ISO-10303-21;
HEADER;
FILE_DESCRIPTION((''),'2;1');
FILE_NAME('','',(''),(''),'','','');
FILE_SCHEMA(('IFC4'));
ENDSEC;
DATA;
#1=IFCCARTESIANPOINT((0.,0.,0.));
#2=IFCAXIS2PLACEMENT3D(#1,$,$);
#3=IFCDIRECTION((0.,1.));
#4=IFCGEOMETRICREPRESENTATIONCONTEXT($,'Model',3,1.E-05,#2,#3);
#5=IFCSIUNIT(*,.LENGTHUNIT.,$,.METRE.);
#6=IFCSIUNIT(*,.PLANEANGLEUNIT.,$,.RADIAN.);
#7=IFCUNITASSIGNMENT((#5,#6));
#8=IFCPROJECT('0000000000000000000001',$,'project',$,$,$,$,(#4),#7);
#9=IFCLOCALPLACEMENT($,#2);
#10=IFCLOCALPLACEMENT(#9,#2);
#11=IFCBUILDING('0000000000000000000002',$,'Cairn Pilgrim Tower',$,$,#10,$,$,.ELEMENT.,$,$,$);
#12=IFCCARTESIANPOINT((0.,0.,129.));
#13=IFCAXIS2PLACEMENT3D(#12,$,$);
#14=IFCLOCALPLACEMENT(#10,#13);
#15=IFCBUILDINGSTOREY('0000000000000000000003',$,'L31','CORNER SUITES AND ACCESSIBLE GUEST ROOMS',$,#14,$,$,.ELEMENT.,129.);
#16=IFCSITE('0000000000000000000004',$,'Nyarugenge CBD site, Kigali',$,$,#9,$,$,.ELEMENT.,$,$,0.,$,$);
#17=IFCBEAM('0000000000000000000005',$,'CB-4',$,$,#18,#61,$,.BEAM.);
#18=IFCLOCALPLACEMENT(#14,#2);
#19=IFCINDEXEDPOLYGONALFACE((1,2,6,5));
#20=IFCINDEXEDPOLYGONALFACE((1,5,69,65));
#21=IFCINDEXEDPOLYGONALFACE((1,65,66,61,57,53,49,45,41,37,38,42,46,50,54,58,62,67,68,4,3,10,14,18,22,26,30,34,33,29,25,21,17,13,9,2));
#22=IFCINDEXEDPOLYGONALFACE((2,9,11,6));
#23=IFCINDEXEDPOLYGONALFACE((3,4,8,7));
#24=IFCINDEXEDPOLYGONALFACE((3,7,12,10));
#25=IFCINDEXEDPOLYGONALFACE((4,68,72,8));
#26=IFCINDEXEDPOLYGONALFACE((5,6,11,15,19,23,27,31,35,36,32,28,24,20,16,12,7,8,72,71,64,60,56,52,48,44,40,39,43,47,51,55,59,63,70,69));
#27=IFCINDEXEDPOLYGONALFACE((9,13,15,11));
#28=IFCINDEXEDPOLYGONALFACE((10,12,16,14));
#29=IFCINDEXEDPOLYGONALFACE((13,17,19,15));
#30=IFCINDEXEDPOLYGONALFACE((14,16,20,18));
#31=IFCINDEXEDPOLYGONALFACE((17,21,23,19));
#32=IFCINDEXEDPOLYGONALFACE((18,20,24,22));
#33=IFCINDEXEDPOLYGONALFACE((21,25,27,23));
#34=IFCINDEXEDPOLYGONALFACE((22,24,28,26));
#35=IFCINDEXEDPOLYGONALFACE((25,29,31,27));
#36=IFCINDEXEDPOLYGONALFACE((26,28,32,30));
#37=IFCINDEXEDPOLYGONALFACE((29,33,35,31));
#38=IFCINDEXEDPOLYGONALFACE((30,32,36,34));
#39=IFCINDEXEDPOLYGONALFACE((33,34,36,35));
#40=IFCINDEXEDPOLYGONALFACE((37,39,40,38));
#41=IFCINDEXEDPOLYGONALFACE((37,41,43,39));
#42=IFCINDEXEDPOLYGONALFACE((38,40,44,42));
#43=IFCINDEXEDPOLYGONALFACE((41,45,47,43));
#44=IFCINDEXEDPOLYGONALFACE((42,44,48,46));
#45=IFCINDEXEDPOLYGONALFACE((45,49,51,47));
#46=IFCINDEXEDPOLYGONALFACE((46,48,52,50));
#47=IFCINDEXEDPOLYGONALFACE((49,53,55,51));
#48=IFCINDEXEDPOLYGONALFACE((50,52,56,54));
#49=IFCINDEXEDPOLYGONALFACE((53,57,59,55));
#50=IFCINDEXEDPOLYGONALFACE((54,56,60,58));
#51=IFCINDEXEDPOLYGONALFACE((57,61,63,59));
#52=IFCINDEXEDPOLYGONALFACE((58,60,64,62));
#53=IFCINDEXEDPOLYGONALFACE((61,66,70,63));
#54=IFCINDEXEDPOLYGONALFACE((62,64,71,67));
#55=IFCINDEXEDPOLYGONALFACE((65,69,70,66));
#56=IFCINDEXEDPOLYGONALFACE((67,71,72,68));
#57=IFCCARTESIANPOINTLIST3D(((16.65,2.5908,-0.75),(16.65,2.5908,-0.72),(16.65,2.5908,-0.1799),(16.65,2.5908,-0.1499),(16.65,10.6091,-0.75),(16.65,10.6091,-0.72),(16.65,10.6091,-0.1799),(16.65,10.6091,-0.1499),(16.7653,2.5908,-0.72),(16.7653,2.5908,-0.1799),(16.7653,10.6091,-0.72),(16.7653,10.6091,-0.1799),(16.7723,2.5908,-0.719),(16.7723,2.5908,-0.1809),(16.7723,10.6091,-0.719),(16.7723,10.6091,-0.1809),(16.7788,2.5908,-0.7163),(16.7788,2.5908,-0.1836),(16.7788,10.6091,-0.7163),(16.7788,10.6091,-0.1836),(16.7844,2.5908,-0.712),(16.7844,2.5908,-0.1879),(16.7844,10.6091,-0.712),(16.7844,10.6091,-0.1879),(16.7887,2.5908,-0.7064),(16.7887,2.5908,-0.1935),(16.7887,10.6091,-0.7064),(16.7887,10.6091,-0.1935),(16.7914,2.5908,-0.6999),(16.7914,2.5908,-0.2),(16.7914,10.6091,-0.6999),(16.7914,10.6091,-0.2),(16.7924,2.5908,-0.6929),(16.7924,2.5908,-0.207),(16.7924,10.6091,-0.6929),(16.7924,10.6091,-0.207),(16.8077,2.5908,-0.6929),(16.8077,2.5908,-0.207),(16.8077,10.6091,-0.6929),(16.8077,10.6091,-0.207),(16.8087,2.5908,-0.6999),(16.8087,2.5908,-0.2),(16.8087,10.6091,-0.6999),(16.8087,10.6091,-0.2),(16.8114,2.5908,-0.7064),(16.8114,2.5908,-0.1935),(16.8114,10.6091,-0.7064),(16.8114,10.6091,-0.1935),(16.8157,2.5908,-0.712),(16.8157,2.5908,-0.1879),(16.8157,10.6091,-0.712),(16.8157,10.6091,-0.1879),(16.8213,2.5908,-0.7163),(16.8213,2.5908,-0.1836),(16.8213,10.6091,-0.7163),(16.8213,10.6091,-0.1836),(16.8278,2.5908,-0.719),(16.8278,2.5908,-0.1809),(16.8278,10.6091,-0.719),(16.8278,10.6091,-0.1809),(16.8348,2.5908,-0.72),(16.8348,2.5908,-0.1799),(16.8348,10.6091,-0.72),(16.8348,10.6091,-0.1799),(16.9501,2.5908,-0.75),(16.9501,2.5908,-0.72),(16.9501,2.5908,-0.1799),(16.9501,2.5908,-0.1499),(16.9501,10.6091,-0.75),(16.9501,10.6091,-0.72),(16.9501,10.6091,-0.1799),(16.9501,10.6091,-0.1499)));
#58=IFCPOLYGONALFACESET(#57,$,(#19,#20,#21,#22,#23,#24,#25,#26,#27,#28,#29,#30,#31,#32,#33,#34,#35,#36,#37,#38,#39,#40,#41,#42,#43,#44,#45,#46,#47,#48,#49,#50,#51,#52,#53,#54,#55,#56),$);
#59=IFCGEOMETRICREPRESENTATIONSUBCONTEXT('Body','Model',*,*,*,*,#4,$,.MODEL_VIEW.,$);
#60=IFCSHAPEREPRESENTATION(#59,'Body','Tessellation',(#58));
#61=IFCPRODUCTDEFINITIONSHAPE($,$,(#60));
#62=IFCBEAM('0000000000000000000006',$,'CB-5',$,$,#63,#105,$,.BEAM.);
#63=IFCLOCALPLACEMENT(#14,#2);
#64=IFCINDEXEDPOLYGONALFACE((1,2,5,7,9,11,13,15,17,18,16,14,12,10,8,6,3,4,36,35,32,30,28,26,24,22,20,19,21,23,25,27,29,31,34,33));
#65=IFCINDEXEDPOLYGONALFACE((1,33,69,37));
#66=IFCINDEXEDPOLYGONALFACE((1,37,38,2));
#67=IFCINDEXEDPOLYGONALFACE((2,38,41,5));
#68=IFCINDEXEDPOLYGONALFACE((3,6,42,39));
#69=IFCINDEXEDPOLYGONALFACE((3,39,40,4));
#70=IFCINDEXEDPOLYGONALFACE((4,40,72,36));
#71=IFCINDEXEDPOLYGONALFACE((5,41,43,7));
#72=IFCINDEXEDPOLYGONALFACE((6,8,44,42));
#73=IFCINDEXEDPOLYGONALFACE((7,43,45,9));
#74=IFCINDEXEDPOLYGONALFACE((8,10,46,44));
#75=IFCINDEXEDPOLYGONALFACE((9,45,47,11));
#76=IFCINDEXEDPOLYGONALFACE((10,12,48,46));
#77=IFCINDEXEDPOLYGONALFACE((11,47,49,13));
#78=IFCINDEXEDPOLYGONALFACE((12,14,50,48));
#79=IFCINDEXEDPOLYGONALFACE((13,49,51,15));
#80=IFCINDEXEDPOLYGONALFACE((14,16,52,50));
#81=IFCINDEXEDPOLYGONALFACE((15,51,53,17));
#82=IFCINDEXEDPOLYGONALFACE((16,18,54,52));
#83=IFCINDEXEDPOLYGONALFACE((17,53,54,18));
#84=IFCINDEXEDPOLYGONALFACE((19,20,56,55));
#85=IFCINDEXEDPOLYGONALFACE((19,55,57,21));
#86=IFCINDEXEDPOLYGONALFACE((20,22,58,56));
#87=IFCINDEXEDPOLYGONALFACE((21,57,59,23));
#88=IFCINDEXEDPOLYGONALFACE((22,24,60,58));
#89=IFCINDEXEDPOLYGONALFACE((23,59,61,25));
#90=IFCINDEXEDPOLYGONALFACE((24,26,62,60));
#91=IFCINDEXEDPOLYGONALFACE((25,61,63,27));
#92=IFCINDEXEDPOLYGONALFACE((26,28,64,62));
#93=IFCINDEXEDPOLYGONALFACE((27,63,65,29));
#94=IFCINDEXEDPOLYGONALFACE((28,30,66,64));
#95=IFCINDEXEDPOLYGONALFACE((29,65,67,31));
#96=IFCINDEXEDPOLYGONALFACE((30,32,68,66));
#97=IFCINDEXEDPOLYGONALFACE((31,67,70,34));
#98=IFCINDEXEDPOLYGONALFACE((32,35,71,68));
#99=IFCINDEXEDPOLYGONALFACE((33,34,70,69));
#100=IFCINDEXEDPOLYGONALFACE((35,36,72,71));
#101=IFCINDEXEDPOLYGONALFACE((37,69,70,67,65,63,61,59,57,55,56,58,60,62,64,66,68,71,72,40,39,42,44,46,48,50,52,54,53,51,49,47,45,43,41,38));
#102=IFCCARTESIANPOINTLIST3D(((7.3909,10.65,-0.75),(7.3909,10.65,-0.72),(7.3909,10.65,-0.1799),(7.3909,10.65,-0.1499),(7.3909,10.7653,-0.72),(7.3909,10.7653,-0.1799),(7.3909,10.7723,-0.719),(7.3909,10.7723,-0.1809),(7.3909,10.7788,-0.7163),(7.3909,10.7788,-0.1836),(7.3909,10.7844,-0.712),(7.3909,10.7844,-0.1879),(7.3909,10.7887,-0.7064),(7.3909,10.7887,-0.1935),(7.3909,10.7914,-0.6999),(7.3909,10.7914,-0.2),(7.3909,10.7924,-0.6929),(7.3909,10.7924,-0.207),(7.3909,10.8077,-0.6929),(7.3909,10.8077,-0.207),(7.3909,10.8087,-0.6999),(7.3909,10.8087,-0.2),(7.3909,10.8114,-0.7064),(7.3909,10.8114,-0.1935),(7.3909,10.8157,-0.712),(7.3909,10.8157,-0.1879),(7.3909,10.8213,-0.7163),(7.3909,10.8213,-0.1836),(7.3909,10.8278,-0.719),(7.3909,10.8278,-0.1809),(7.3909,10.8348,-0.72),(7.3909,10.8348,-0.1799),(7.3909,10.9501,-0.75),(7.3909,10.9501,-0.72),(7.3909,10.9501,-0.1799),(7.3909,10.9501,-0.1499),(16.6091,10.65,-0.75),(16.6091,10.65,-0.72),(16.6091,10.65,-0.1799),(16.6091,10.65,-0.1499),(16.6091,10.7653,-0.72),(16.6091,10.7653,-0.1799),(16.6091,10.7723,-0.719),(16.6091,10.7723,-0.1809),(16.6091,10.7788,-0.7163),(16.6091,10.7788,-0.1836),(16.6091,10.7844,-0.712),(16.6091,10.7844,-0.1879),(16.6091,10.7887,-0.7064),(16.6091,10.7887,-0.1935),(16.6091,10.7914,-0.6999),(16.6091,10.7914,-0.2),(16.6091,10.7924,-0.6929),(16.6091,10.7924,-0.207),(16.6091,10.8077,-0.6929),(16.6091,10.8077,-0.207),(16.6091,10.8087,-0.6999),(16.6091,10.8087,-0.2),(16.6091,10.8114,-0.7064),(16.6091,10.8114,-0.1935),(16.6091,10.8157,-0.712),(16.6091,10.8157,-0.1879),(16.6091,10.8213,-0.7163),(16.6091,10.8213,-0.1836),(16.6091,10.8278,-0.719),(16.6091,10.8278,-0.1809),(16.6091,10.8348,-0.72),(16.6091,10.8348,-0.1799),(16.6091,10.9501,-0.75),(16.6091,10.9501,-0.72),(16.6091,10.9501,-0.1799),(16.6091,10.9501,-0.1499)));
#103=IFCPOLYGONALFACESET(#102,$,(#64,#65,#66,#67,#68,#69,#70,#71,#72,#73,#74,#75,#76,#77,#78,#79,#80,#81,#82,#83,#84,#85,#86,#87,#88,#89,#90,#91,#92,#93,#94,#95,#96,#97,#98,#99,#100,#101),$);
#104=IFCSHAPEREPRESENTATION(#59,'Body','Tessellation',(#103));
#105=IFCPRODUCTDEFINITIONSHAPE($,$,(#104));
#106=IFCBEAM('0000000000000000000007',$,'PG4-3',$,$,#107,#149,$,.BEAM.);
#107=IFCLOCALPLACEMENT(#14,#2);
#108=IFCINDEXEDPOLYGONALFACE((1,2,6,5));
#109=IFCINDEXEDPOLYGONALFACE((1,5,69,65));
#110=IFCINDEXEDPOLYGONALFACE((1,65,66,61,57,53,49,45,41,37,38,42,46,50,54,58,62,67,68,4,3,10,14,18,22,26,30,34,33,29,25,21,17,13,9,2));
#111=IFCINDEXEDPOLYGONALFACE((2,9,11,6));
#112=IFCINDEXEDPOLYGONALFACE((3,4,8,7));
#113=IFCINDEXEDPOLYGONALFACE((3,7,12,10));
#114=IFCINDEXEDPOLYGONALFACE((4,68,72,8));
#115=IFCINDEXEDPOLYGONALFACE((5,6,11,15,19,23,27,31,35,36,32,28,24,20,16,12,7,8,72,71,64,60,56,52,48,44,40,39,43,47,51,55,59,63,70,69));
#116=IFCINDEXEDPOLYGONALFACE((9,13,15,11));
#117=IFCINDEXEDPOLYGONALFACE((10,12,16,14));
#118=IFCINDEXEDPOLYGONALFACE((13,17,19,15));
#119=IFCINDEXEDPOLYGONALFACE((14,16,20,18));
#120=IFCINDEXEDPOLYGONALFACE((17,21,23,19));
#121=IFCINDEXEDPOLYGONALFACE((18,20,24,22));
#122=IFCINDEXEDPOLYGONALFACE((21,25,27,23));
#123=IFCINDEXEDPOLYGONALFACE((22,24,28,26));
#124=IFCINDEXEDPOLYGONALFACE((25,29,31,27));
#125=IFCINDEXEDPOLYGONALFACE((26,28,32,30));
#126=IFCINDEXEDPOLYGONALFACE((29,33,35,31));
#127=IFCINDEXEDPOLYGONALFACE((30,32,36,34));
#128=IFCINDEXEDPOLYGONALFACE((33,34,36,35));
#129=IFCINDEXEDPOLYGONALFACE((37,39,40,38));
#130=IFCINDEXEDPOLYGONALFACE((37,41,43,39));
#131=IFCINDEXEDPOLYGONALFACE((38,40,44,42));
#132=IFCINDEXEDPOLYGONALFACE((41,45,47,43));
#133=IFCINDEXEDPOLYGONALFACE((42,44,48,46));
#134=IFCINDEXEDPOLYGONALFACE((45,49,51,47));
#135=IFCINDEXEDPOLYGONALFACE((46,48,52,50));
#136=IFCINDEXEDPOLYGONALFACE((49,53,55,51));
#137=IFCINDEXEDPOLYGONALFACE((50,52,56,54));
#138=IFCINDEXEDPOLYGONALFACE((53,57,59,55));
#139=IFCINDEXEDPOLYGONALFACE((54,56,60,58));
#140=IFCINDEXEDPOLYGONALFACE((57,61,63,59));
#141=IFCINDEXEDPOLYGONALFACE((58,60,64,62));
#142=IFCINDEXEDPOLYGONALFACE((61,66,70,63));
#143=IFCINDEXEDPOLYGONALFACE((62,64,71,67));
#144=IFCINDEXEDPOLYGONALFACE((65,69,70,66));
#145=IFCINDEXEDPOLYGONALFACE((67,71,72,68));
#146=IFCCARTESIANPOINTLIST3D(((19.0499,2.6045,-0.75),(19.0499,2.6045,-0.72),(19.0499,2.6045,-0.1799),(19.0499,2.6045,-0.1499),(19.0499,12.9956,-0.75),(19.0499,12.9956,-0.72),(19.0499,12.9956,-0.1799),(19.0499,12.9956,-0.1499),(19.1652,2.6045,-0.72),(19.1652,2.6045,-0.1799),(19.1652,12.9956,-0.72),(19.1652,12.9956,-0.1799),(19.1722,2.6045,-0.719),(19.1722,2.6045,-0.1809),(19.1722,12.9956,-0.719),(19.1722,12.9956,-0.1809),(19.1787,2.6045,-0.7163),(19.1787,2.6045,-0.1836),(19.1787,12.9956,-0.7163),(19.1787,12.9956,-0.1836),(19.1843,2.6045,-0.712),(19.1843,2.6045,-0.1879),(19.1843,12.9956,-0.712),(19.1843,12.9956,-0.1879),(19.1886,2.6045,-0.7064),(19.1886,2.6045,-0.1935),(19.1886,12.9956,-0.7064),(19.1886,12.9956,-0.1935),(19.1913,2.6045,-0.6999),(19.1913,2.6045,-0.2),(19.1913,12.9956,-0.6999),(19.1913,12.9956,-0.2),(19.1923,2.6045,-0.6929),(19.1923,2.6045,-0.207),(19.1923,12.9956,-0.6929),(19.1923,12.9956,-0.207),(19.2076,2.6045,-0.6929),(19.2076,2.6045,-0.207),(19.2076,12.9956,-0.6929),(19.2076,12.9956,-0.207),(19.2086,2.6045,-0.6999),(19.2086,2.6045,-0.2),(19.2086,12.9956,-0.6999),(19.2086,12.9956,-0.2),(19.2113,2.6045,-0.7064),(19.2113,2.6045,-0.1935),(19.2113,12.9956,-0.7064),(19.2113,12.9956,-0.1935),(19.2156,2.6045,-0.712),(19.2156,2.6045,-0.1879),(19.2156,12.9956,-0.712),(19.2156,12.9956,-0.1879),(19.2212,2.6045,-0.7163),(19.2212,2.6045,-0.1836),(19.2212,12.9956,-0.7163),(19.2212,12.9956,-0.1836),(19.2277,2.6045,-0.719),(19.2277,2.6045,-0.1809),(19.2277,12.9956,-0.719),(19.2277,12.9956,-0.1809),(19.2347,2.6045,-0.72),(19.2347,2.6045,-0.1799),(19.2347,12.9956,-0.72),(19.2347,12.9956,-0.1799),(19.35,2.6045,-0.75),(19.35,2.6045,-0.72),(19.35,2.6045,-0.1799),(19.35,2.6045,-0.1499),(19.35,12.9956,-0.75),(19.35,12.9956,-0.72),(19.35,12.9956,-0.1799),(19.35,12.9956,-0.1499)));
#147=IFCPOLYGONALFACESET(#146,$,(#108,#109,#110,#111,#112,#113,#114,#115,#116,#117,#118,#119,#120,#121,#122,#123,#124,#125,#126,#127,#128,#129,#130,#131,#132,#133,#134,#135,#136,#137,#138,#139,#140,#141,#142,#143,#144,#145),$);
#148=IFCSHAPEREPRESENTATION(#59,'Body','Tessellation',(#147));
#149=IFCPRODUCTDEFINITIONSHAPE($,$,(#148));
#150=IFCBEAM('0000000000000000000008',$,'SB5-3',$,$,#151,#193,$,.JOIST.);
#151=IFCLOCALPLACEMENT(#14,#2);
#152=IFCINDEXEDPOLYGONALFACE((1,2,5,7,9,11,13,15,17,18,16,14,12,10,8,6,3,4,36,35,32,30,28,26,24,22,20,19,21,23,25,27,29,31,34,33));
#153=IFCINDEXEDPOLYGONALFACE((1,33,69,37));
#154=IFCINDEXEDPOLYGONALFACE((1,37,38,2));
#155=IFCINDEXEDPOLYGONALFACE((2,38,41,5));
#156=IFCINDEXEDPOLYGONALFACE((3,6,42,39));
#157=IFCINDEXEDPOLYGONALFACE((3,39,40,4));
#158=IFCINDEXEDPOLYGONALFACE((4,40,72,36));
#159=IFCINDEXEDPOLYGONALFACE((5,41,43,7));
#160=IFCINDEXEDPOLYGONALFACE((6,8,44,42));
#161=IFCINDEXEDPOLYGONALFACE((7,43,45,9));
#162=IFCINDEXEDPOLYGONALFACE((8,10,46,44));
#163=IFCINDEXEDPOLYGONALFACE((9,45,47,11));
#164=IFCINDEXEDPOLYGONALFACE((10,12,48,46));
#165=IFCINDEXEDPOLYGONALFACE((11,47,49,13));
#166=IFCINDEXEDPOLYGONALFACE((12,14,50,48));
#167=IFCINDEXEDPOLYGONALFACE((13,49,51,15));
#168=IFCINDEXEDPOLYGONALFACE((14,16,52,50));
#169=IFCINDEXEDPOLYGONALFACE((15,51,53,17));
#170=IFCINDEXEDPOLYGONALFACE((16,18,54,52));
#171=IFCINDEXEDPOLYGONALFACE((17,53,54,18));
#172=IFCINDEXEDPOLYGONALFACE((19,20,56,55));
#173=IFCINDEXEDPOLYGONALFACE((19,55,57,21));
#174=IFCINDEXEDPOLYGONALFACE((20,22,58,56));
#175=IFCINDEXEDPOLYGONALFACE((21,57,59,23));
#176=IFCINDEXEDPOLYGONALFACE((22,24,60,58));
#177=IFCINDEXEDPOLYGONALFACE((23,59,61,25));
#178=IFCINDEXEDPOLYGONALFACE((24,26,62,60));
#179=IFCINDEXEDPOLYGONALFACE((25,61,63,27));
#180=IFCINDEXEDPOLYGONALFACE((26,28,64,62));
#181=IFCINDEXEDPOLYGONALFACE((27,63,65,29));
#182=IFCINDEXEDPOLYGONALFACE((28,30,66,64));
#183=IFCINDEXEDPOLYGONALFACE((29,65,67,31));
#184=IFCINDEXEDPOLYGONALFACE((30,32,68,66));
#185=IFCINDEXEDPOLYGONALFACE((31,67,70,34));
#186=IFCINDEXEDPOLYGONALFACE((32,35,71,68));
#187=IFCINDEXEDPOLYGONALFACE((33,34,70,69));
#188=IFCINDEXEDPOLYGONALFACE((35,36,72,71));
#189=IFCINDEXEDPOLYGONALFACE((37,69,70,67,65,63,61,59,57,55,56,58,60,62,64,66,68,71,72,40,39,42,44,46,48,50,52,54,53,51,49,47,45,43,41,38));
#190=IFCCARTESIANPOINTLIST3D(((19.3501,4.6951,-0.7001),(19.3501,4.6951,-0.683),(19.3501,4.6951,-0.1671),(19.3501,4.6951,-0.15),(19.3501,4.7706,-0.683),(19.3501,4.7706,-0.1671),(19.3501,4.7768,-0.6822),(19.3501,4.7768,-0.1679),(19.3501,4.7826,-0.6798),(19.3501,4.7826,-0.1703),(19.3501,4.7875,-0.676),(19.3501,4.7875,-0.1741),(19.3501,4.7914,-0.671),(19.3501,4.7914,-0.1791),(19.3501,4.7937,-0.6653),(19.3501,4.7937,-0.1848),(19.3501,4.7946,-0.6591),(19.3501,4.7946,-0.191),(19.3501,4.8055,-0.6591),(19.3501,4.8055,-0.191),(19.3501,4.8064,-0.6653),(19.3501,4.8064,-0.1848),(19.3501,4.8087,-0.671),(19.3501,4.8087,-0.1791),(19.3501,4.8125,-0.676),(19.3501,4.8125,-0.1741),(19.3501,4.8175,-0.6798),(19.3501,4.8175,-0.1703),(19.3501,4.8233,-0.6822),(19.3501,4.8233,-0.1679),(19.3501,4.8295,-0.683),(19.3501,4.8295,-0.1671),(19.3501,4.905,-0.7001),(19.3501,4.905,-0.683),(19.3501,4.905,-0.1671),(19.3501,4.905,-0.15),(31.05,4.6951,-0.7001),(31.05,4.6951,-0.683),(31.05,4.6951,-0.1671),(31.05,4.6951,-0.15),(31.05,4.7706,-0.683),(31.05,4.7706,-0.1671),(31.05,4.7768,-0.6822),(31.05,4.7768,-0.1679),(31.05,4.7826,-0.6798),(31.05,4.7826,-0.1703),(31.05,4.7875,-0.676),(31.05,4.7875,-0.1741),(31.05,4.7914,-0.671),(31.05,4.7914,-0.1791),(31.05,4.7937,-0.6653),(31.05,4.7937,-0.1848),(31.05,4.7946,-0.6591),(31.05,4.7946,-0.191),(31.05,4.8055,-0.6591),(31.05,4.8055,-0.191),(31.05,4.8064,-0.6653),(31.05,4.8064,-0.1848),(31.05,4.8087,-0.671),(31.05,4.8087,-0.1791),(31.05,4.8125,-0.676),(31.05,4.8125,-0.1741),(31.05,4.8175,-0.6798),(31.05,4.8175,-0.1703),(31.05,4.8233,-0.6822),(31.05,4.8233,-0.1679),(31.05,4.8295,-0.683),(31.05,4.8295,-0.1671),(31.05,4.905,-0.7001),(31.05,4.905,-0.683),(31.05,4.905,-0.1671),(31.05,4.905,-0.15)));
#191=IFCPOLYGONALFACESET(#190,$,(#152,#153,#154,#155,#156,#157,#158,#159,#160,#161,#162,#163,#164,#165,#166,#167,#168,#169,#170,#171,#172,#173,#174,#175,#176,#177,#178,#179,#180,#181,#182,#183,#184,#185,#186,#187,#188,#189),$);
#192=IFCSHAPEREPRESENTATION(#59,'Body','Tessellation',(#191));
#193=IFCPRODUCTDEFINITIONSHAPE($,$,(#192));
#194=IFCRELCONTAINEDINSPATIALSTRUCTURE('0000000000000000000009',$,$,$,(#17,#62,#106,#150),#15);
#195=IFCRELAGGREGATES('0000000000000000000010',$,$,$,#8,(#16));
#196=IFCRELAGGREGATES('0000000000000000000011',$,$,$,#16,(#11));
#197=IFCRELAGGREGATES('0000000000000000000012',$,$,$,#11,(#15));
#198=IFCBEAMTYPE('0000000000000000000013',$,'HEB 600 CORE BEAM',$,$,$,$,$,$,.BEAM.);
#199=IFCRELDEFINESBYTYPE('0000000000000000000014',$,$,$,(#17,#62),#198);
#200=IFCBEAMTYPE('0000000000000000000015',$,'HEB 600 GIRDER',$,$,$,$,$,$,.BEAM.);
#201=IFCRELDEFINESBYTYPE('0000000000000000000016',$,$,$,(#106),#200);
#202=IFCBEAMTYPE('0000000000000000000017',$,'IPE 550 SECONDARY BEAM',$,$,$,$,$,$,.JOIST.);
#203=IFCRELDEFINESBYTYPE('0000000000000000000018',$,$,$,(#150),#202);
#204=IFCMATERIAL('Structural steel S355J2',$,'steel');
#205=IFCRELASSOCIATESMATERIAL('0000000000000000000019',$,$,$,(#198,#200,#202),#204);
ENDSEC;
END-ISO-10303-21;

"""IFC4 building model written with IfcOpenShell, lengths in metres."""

from ifc_helpers import new_model, si_unit, direction, frame, origin, origin_2d, place, context, subcontext, project, spatial, i_section, extrude, material, material_profile, profile_set, type_object, element, save


model = new_model("IFC4")

# Units and contexts
model_context = context("Model", 3, precision=1e-05, world=origin(), true_north=direction((0.0, 1.0)))
body_context = subcontext(model_context, "Body", "Model", "MODEL_VIEW")
ifc_project = project(units=[si_unit("LENGTHUNIT", "METRE"), si_unit("PLANEANGLEUNIT", "RADIAN")], contexts=[model_context])

# Site, building, storey
site_placement = place(None, origin())
site = spatial("IfcSite", under=ifc_project, at=site_placement, Name="Nyarugenge CBD site, Kigali", CompositionType="ELEMENT", RefElevation=0.0)
building_placement = place(site_placement, origin())
building = spatial("IfcBuilding", under=site, at=building_placement, Name="Cairn Pilgrim Tower", CompositionType="ELEMENT")
storey_placement = place(building_placement, frame((0.0, 0.0, 129.0)))
storey = spatial("IfcBuildingStorey", under=building, at=storey_placement, Name="L31", Description="CORNER SUITES AND ACCESSIBLE GUEST ROOMS", CompositionType="ELEMENT", Elevation=129.0)

# Beams
ifc_material_1 = material(Name="Structural steel S355J2", Category="steel")
ifc_material_profile_1 = material_profile(ifc_material_1, i_section(OverallWidth=0.3, OverallDepth=0.6001, WebThickness=0.0154, FlangeThickness=0.03, FilletRadius=0.0271, at=origin_2d()), Name="HEB 600")
ifc_profile_set_1 = profile_set([ifc_material_profile_1], Name="Structural steel S355J2")
beam_type_1 = type_object("IfcBeamType", Name="HEB 600 CORE BEAM", PredefinedType="BEAM", material=ifc_profile_set_1)
beam_1_placement = place(storey_placement, frame((16.8, 2.5908, -0.45), z_axis=(0.0, 1.0, 0.0), x_axis=(-1.0, 0.0, 0.0)))
element("IfcBeam", 1, at=beam_1_placement, inside=storey, type_object=beam_type_1, Name="CB-4", PredefinedType="BEAM", context=body_context, shape_type="SweptSolid", body=[
    extrude(i_section(OverallWidth=0.3, OverallDepth=0.6001, WebThickness=0.0154, FlangeThickness=0.03, FilletRadius=0.0271, at=origin_2d()), origin(), (0.0, 0.0, 1.0), 8.0183),
])
beam_2_placement = place(storey_placement, frame((16.6091, 10.8, -0.45), z_axis=(-1.0, 0.0, 0.0), x_axis=(0.0, -1.0, 0.0)))
element("IfcBeam", 2, at=beam_2_placement, inside=storey, type_object=beam_type_1, Name="CB-5", PredefinedType="BEAM", context=body_context, shape_type="SweptSolid", body=[
    extrude(i_section(OverallWidth=0.3, OverallDepth=0.6001, WebThickness=0.0154, FlangeThickness=0.03, FilletRadius=0.0271, at=origin_2d()), origin(), (0.0, 0.0, 1.0), 9.2183),
])
ifc_material_profile_2 = material_profile(ifc_material_1, i_section(OverallWidth=0.3, OverallDepth=0.6001, WebThickness=0.0154, FlangeThickness=0.03, FilletRadius=0.0271, at=origin_2d()), Name="HEB 600")
ifc_profile_set_2 = profile_set([ifc_material_profile_2], Name="Structural steel S355J2")
beam_type_2 = type_object("IfcBeamType", Name="HEB 600 GIRDER", PredefinedType="BEAM", material=ifc_profile_set_2)
beam_3_placement = place(storey_placement, frame((19.2, 2.6045, -0.45), z_axis=(0.0, 1.0, 0.0), x_axis=(-1.0, 0.0, 0.0)))
element("IfcBeam", 3, at=beam_3_placement, inside=storey, type_object=beam_type_2, Name="PG4-3", PredefinedType="BEAM", context=body_context, shape_type="SweptSolid", body=[
    extrude(i_section(OverallWidth=0.3, OverallDepth=0.6001, WebThickness=0.0154, FlangeThickness=0.03, FilletRadius=0.0271, at=origin_2d()), origin(), (0.0, 0.0, 1.0), 10.3911),
])
ifc_material_profile_3 = material_profile(ifc_material_1, i_section(OverallWidth=0.21, OverallDepth=0.55, WebThickness=0.011, FlangeThickness=0.0171, FilletRadius=0.0239, at=origin_2d()), Name="IPE 550")
ifc_profile_set_3 = profile_set([ifc_material_profile_3], Name="Structural steel S355J2")
beam_type_3 = type_object("IfcBeamType", Name="IPE 550 SECONDARY BEAM", PredefinedType="JOIST", material=ifc_profile_set_3)
for number, where, z_axis, x_axis, name in (
    (4, (19.3501, 4.8, -0.425), (1.0, 0.0, 0.0), (0.0, 1.0, 0.0), "SB5-3"),
):
    element("IfcBeam", number, at=place(storey_placement, frame(where, z_axis=z_axis, x_axis=x_axis)), inside=storey, type_object=beam_type_3, Name=name, PredefinedType="JOIST", context=body_context, shape_type="SweptSolid", body=[
        extrude(i_section(OverallWidth=0.21, OverallDepth=0.55, WebThickness=0.011, FlangeThickness=0.0171, FilletRadius=0.0239, at=origin_2d()), origin(), (0.0, 0.0, 1.0), 11.7),
    ])

save(model, "model.ifc")
